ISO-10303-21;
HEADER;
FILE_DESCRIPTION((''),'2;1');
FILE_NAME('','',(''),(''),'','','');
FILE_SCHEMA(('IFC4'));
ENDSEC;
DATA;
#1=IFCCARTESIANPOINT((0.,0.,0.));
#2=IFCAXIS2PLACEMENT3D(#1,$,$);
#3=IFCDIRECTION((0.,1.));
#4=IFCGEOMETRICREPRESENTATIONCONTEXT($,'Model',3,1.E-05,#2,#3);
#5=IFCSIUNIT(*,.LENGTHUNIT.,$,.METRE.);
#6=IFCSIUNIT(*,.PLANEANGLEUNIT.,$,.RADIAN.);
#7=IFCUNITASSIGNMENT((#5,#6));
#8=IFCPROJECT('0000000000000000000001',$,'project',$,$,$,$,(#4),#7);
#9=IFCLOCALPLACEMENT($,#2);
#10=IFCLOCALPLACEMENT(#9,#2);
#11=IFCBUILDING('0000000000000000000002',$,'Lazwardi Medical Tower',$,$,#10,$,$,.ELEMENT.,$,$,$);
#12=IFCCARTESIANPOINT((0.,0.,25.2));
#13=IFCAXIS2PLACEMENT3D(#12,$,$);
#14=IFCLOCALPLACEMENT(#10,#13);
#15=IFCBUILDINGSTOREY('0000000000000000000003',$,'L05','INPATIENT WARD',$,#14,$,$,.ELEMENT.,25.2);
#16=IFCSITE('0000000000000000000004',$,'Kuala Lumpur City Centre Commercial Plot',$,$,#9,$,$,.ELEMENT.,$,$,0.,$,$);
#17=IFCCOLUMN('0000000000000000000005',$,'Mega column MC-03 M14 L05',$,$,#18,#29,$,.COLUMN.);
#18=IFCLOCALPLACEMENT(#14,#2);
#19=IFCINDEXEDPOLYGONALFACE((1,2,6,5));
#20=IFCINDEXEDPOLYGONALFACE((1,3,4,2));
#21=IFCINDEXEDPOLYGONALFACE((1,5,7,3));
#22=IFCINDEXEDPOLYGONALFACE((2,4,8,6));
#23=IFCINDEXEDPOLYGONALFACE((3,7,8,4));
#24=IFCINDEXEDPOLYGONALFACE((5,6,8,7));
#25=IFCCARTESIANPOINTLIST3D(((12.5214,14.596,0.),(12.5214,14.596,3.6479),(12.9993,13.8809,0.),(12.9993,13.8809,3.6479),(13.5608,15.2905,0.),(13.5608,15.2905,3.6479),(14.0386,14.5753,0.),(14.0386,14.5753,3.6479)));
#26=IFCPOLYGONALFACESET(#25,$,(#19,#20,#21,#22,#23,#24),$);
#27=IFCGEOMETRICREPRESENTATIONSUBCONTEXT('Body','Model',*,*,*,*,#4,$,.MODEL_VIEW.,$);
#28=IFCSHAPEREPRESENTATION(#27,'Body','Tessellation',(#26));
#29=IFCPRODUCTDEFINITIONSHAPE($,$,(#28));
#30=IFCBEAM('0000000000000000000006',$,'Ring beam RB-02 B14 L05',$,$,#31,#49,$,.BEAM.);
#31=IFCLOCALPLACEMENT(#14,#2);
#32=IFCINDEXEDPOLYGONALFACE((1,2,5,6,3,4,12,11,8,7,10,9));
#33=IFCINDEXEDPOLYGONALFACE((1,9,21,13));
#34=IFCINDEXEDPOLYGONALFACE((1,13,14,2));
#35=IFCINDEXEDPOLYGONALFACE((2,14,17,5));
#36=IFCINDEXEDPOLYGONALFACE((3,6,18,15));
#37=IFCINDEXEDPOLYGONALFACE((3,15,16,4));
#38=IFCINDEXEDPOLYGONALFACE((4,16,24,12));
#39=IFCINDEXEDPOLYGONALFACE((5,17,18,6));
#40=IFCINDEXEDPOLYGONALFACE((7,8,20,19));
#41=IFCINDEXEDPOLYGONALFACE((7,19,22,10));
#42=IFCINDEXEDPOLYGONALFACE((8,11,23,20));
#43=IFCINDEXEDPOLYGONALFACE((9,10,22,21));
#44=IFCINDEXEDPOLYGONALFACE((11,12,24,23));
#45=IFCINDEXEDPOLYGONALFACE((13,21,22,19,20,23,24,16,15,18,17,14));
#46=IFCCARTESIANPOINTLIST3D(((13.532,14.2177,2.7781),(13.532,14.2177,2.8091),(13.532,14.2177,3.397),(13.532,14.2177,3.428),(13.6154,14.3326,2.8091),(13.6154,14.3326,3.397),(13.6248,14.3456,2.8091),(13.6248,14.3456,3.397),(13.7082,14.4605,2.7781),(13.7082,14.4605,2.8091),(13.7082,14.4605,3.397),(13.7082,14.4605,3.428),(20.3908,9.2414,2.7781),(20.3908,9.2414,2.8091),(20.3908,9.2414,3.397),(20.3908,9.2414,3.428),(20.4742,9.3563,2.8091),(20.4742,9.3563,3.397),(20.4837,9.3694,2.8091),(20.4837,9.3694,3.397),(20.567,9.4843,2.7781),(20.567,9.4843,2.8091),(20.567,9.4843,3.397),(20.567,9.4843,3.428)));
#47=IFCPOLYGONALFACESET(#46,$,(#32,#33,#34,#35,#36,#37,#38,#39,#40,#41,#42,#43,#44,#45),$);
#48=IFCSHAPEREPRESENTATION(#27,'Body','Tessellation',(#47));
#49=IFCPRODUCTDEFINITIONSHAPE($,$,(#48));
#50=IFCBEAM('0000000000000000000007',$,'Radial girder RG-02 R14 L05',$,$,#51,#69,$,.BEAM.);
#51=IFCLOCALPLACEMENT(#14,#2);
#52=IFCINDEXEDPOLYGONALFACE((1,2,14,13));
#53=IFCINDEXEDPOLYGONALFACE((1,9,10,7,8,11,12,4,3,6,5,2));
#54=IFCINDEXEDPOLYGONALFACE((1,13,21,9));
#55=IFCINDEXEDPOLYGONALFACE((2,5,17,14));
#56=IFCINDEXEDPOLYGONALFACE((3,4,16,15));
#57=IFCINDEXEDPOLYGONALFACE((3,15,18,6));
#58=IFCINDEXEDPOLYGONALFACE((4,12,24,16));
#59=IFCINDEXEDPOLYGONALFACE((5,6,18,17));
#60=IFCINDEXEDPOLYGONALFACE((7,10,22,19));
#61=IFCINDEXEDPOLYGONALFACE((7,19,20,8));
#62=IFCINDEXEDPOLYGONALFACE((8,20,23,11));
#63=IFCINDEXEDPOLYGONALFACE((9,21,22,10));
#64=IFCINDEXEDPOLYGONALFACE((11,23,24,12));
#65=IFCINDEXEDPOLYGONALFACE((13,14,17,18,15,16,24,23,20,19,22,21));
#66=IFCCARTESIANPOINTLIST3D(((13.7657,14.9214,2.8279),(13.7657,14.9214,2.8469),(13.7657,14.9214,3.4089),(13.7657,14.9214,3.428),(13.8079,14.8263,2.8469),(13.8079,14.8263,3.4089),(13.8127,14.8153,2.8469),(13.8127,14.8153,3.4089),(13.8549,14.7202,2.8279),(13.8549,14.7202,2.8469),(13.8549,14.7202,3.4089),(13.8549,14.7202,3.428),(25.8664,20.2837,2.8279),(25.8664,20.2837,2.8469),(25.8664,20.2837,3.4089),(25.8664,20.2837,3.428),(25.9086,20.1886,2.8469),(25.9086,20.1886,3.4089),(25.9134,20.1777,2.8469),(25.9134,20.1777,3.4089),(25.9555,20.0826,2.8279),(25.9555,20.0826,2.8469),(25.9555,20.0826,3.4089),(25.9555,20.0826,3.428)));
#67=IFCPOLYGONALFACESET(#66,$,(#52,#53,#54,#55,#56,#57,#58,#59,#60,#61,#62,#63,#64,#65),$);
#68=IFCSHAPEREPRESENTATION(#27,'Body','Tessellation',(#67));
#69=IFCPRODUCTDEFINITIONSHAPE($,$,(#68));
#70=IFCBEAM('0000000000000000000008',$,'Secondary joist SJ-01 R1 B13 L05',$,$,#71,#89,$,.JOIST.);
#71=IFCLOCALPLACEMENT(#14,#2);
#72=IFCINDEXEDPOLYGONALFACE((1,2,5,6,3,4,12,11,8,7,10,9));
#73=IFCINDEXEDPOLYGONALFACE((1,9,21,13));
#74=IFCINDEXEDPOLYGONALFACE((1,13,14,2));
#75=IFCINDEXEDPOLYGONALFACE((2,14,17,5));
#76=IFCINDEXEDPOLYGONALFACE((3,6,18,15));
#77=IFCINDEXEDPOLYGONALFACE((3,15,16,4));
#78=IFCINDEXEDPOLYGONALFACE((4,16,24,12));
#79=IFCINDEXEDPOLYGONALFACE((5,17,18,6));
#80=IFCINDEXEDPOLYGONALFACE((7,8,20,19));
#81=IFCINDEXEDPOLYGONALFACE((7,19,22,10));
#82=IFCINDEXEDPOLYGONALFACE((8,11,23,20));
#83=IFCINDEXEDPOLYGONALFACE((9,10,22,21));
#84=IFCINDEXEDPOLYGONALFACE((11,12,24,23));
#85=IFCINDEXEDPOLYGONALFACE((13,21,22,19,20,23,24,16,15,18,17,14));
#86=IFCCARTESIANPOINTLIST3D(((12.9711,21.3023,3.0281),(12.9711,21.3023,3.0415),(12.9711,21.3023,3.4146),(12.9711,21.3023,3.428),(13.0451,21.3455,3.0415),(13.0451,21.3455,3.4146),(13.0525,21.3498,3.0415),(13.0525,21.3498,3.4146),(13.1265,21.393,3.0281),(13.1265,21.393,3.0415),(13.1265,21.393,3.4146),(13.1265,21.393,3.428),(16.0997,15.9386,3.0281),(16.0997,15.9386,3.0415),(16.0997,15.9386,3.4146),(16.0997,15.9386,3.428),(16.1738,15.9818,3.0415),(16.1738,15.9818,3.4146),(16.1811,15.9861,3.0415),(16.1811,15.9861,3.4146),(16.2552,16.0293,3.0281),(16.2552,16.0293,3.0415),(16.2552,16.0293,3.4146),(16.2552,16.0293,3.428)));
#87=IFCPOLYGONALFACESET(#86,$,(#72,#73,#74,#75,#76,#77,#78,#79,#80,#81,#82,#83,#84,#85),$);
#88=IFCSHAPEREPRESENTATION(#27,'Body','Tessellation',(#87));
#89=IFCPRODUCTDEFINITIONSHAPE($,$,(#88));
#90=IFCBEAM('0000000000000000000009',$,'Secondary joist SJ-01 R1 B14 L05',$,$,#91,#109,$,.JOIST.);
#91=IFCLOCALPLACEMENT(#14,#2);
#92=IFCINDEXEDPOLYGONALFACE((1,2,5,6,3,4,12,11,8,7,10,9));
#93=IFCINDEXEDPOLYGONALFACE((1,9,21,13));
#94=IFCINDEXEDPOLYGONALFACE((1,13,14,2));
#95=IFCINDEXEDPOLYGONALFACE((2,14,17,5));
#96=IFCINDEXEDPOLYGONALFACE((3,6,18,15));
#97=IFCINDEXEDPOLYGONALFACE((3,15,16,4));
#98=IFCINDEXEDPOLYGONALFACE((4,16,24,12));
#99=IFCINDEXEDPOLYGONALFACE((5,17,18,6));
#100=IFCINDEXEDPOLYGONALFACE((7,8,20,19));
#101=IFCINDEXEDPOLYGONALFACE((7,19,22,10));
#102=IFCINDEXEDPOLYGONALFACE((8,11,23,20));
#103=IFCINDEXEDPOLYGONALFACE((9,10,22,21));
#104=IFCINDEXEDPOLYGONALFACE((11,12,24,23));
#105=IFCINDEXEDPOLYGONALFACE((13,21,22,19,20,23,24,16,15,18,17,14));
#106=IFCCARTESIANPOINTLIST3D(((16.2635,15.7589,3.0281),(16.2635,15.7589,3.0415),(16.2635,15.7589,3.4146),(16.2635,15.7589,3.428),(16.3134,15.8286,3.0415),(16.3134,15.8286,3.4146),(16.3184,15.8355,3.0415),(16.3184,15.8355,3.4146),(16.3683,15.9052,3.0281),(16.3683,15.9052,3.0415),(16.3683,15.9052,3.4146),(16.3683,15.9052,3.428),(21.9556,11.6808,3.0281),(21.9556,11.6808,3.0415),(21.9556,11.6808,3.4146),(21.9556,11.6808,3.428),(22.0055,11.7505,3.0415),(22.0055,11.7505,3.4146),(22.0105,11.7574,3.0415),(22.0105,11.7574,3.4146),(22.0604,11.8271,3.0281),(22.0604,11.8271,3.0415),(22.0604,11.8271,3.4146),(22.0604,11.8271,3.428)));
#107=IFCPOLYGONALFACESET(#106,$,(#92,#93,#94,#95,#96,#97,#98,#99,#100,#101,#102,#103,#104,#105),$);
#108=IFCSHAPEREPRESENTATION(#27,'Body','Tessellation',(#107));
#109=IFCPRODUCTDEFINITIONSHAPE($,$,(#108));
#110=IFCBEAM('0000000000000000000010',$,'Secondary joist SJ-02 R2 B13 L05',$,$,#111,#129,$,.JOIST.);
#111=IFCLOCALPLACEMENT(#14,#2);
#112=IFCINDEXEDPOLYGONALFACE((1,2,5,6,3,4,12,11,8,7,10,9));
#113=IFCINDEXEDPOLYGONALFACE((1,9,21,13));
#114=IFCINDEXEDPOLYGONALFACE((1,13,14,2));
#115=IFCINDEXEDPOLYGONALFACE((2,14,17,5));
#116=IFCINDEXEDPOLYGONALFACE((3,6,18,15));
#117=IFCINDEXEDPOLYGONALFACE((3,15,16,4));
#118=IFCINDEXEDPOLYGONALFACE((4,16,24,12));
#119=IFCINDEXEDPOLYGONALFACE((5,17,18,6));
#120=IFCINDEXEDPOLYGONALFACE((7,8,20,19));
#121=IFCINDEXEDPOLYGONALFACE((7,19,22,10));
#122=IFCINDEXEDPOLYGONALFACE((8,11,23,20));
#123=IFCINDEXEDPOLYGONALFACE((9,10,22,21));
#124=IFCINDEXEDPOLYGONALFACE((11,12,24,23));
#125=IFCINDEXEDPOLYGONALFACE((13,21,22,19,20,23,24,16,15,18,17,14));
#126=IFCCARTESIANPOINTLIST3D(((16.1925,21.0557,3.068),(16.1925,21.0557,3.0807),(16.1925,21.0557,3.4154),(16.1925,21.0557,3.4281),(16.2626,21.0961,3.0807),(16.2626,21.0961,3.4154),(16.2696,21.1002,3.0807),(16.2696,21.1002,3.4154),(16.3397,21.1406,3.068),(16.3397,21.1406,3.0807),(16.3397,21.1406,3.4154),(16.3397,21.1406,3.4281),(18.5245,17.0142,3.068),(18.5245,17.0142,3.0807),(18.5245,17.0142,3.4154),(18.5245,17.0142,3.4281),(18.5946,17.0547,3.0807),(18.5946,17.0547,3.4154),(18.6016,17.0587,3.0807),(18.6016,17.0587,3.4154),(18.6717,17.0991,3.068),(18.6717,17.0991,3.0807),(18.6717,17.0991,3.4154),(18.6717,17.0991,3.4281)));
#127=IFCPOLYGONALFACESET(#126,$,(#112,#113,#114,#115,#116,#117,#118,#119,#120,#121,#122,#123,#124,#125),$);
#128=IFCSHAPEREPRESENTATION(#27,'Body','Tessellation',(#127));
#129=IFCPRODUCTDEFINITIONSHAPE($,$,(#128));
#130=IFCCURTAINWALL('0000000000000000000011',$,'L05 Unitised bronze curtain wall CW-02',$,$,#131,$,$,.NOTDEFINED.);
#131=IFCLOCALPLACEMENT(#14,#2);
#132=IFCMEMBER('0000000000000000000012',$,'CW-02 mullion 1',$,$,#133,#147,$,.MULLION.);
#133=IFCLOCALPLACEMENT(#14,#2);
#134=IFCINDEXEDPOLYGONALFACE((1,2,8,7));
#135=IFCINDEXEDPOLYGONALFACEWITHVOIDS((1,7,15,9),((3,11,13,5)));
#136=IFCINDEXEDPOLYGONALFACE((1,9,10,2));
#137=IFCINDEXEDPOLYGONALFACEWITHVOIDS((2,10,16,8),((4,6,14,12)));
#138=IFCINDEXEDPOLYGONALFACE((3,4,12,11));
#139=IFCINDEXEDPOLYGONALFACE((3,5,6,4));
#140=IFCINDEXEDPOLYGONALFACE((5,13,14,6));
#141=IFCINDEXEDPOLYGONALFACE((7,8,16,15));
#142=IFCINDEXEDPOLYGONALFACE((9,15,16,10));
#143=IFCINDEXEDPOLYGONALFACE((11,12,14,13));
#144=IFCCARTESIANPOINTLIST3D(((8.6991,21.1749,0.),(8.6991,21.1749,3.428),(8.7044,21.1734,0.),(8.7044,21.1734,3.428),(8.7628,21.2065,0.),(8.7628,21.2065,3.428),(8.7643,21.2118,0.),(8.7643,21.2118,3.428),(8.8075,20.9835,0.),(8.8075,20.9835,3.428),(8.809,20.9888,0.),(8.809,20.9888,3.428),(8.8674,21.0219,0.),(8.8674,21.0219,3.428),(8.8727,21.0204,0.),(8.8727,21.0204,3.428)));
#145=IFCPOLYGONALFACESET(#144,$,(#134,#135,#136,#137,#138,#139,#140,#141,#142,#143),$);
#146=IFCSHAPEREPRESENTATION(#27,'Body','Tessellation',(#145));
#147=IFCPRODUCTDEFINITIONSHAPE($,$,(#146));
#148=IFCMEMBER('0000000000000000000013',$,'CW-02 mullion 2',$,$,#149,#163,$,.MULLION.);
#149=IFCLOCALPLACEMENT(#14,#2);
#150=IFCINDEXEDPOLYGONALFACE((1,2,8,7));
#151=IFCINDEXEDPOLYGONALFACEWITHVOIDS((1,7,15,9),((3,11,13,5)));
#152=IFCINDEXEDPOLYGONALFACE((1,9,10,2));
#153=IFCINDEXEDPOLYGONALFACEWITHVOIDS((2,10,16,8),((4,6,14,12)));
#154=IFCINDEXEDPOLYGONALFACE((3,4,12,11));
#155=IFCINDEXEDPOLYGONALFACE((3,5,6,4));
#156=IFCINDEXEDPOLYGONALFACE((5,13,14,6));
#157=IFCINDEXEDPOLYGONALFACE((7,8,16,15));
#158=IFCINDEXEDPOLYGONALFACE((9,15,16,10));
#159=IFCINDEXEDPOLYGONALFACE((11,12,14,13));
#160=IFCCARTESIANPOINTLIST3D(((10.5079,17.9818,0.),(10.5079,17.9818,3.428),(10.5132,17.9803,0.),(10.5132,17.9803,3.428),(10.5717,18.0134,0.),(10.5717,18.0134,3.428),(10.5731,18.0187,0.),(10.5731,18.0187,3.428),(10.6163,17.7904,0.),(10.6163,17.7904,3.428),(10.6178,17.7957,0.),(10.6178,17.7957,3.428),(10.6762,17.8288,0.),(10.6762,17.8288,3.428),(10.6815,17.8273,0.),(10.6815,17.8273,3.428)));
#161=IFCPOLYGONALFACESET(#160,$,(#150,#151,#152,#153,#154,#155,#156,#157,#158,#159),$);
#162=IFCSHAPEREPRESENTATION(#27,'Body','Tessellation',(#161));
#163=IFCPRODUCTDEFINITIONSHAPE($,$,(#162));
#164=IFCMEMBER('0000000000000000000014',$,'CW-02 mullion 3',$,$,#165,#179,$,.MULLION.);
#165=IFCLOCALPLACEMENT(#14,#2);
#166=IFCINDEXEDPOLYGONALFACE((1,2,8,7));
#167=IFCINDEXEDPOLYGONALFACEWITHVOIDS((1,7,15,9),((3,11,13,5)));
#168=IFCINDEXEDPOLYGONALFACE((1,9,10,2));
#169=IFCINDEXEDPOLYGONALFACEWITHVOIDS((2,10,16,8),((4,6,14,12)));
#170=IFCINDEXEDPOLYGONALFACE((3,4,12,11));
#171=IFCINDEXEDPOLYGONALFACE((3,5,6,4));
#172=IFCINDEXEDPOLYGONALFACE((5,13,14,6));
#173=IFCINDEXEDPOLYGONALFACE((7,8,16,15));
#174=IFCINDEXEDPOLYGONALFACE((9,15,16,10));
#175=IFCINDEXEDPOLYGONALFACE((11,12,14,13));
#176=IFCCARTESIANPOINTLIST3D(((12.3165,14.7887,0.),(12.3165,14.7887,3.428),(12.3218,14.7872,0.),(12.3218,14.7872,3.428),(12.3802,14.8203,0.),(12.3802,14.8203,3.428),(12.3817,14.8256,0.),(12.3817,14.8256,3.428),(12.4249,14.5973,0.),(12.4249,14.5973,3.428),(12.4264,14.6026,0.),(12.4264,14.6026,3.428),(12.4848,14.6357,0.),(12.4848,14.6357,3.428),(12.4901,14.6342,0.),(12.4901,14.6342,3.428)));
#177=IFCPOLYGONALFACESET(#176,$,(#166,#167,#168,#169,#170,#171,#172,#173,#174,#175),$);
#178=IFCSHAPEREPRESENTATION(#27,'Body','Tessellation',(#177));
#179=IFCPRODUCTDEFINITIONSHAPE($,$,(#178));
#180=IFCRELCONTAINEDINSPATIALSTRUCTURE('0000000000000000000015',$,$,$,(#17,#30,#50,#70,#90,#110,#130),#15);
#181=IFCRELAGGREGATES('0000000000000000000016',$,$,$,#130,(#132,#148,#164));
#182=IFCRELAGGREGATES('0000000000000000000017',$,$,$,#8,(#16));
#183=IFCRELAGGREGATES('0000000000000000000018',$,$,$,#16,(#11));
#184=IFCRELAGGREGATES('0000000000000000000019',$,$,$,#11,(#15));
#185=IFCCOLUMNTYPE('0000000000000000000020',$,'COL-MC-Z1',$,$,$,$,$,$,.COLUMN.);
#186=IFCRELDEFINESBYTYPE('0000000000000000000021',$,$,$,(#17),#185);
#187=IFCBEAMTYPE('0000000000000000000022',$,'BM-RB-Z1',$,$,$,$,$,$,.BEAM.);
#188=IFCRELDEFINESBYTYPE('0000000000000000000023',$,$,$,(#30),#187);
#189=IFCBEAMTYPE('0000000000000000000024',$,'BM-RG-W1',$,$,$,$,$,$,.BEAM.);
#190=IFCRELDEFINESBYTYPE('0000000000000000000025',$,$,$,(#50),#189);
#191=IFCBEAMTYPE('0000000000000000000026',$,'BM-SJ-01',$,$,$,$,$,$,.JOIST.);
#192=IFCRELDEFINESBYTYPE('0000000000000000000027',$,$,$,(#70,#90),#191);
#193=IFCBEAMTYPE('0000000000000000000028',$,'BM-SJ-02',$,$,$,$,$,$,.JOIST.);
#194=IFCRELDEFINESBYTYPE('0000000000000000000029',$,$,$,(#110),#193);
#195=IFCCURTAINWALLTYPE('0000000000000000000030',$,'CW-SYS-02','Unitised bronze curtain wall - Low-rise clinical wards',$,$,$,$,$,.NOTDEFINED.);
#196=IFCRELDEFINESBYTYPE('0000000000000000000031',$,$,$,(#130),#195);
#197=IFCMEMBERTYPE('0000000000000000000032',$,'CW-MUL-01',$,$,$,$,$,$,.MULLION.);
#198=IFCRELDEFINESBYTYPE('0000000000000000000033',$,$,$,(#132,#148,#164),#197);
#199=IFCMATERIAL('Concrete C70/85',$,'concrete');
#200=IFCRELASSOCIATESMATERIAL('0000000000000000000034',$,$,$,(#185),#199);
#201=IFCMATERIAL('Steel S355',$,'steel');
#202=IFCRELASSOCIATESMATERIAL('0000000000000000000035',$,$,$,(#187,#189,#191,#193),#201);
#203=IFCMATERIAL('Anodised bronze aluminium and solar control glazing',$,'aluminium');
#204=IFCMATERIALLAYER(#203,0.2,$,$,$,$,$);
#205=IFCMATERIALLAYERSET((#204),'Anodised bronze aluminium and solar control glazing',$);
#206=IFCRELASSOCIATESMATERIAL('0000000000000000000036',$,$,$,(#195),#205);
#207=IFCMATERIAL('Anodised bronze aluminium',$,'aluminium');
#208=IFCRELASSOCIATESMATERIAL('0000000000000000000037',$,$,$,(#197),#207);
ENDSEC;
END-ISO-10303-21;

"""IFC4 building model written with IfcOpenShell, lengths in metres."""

from ifc_helpers import new_model, si_unit, direction, frame, origin, origin_2d, place, context, subcontext, project, spatial, rectangle, hollow_rectangle, i_section, extrude, material, layer, layer_set, material_profile, profile_set, type_object, element, aggregate, save


model = new_model("IFC4")

# Units and contexts
model_context = context("Model", 3, precision=1e-05, world=origin(), true_north=direction((0.0, 1.0)))
body_context = subcontext(model_context, "Body", "Model", "MODEL_VIEW")
ifc_project = project(units=[si_unit("LENGTHUNIT", "METRE"), si_unit("PLANEANGLEUNIT", "RADIAN")], contexts=[model_context])

# Site, building, storey
site_placement = place(None, origin())
site = spatial("IfcSite", under=ifc_project, at=site_placement, Name="Kuala Lumpur City Centre Commercial Plot", CompositionType="ELEMENT", RefElevation=0.0)
building_placement = place(site_placement, origin())
building = spatial("IfcBuilding", under=site, at=building_placement, Name="Lazwardi Medical Tower", CompositionType="ELEMENT")
storey_placement = place(building_placement, frame((0.0, 0.0, 25.2)))
storey = spatial("IfcBuildingStorey", under=building, at=storey_placement, Name="L05", Description="INPATIENT WARD", CompositionType="ELEMENT", Elevation=25.2)

# Column
ifc_material_1 = material(Name="Concrete C70/85", Category="concrete")
ifc_material_profile_1 = material_profile(ifc_material_1, rectangle(XDim=1.25, YDim=0.8601, at=origin_2d()), Name="CFT-RECT 1250x860")
ifc_profile_set_1 = profile_set([ifc_material_profile_1], Name="Concrete C70/85")
column_type = type_object("IfcColumnType", Name="COL-MC-Z1", PredefinedType="COLUMN", material=ifc_profile_set_1)
column_placement = place(storey_placement, frame((13.28, 14.5857, 0.0), z_axis=(0.0, 0.0, 1.0), x_axis=(-0.83147, -0.55557, 0.0)))
element("IfcColumn", 1, at=column_placement, inside=storey, type_object=column_type, Name="Mega column MC-03 M14 L05", PredefinedType="COLUMN", context=body_context, shape_type="SweptSolid", body=[
    extrude(rectangle(XDim=1.25, YDim=0.8601, at=origin_2d()), origin(), (0.0, 0.0, 1.0), 3.6479),
])

# Beams
ifc_material_2 = material(Name="Steel S355", Category="steel")
ifc_material_profile_2 = material_profile(ifc_material_2, i_section(OverallWidth=0.3, OverallDepth=0.6499, WebThickness=0.0161, FlangeThickness=0.031, at=origin_2d()), Name="HEB 650")
ifc_profile_set_2 = profile_set([ifc_material_profile_2], Name="Steel S355")
beam_type_1 = type_object("IfcBeamType", Name="BM-RB-Z1", PredefinedType="BEAM", material=ifc_profile_set_2)
beam_1_placement = place(storey_placement, frame((13.6201, 14.3391, 3.103), z_axis=(0.809407, -0.587248, 0.0), x_axis=(0.587248, 0.809407, 0.0)))
element("IfcBeam", 2, at=beam_1_placement, inside=storey, type_object=beam_type_1, Name="Ring beam RB-02 B14 L05", PredefinedType="BEAM", context=body_context, shape_type="SweptSolid", body=[
    extrude(i_section(OverallWidth=0.3, OverallDepth=0.6499, WebThickness=0.0161, FlangeThickness=0.031, at=origin_2d()), origin(), (0.0, 0.0, 1.0), 8.4739),
])
ifc_material_profile_3 = material_profile(ifc_material_2, i_section(OverallWidth=0.22, OverallDepth=0.6001, WebThickness=0.012, FlangeThickness=0.019, at=origin_2d()), Name="IPE 600")
ifc_profile_set_3 = profile_set([ifc_material_profile_3], Name="Steel S355")
beam_type_2 = type_object("IfcBeamType", Name="BM-RG-W1", PredefinedType="BEAM", material=ifc_profile_set_3)
beam_2_placement = place(storey_placement, frame((13.8103, 14.8208, 3.1279), z_axis=(0.914252, 0.405146, 0.0), x_axis=(-0.405146, 0.914252, 0.0)))
element("IfcBeam", 3, at=beam_2_placement, inside=storey, type_object=beam_type_2, Name="Radial girder RG-02 R14 L05", PredefinedType="BEAM", context=body_context, shape_type="SweptSolid", body=[
    extrude(i_section(OverallWidth=0.22, OverallDepth=0.6001, WebThickness=0.012, FlangeThickness=0.019, at=origin_2d()), origin(), (0.0, 0.0, 1.0), 13.2356),
])
ifc_material_profile_4 = material_profile(ifc_material_2, i_section(OverallWidth=0.1799, OverallDepth=0.3999, WebThickness=0.0085, FlangeThickness=0.0134, at=origin_2d()), Name="IPE 400")
ifc_profile_set_4 = profile_set([ifc_material_profile_4], Name="Steel S355")
beam_type_3 = type_object("IfcBeamType", Name="BM-SJ-01", PredefinedType="JOIST", material=ifc_profile_set_4)
beam_3_placement = place(storey_placement, frame((13.0488, 21.3477, 3.228), z_axis=(0.503847, -0.863793, 0.0), x_axis=(0.863793, 0.503847, 0.0)))
element("IfcBeam", 4, at=beam_3_placement, inside=storey, type_object=beam_type_3, Name="Secondary joist SJ-01 R1 B13 L05", PredefinedType="JOIST", context=body_context, shape_type="SweptSolid", body=[
    extrude(i_section(OverallWidth=0.1799, OverallDepth=0.3999, WebThickness=0.0085, FlangeThickness=0.0134, at=origin_2d()), origin(), (0.0, 0.0, 1.0), 6.2095),
])
beam_4_placement = place(storey_placement, frame((16.3159, 15.832, 3.228), z_axis=(0.812901, -0.582402, 0.0), x_axis=(0.582402, 0.812901, 0.0)))
element("IfcBeam", 5, at=beam_4_placement, inside=storey, type_object=beam_type_3, Name="Secondary joist SJ-01 R1 B14 L05", PredefinedType="JOIST", context=body_context, shape_type="SweptSolid", body=[
    extrude(i_section(OverallWidth=0.1799, OverallDepth=0.3999, WebThickness=0.0085, FlangeThickness=0.0134, at=origin_2d()), origin(), (0.0, 0.0, 1.0), 7.0022),
])
ifc_material_profile_5 = material_profile(ifc_material_2, i_section(OverallWidth=0.1699, OverallDepth=0.3601, WebThickness=0.0081, FlangeThickness=0.0127, at=origin_2d()), Name="IPE 360")
ifc_profile_set_5 = profile_set([ifc_material_profile_5], Name="Steel S355")
beam_type_4 = type_object("IfcBeamType", Name="BM-SJ-02", PredefinedType="JOIST", material=ifc_profile_set_5)
beam_5_placement = place(storey_placement, frame((16.2661, 21.0981, 3.248), z_axis=(0.499786, -0.866149, 0.0), x_axis=(0.866149, 0.499786, 0.0)))
element("IfcBeam", 6, at=beam_5_placement, inside=storey, type_object=beam_type_4, Name="Secondary joist SJ-02 R2 B13 L05", PredefinedType="JOIST", context=body_context, shape_type="SweptSolid", body=[
    extrude(i_section(OverallWidth=0.1699, OverallDepth=0.3601, WebThickness=0.0081, FlangeThickness=0.0127, at=origin_2d()), origin(), (0.0, 0.0, 1.0), 4.666),
])

# Curtain wall, members
ifc_material_3 = material(Name="Anodised bronze aluminium and solar control glazing", Category="aluminium")
ifc_layer_1 = layer(ifc_material_3, 0.2)
ifc_layer_set_1 = layer_set([ifc_layer_1], Name="Anodised bronze aluminium and solar control glazing")
curtain_wall_type = type_object("IfcCurtainWallType", Name="CW-SYS-02", Description="Unitised bronze curtain wall - Low-rise clinical wards", PredefinedType="NOTDEFINED", material=ifc_layer_set_1)
curtain_wall_1_placement = place(storey_placement, origin())
curtain_wall_1 = element("IfcCurtainWall", 7, at=curtain_wall_1_placement, inside=storey, type_object=curtain_wall_type, Name="L05 Unitised bronze curtain wall CW-02", PredefinedType="NOTDEFINED")
ifc_material_4 = material(Name="Anodised bronze aluminium", Category="aluminium")
ifc_material_profile_6 = material_profile(ifc_material_4, hollow_rectangle(XDim=0.075, YDim=0.22, WallThickness=0.0039, at=origin_2d()), Name="ALU-MULLION 220x75x4")
ifc_profile_set_6 = profile_set([ifc_material_profile_6], Name="Anodised bronze aluminium")
member_type_1 = type_object("IfcMemberType", Name="CW-MUL-01", PredefinedType="MULLION", material=ifc_profile_set_6)
member_1_placement = place(storey_placement, frame((8.7859, 21.0977, 0.0), z_axis=(0.0, 0.0, 1.0), x_axis=(0.870112, 0.492854, 0.0)))
member_1 = element("IfcMember", 8, at=member_1_placement, type_object=member_type_1, Name="CW-02 mullion 1", PredefinedType="MULLION", context=body_context, shape_type="SweptSolid", body=[
    extrude(hollow_rectangle(XDim=0.075, YDim=0.22, WallThickness=0.0039, at=origin_2d()), origin(), (0.0, 0.0, 1.0), 3.428),
])
member_2_placement = place(storey_placement, frame((10.5947, 17.9045, 0.0), z_axis=(0.0, 0.0, 1.0), x_axis=(0.870112, 0.492854, 0.0)))
member_2 = element("IfcMember", 9, at=member_2_placement, type_object=member_type_1, Name="CW-02 mullion 2", PredefinedType="MULLION", context=body_context, shape_type="SweptSolid", body=[
    extrude(hollow_rectangle(XDim=0.075, YDim=0.22, WallThickness=0.0039, at=origin_2d()), origin(), (0.0, 0.0, 1.0), 3.428),
])
member_3_placement = place(storey_placement, frame((12.4033, 14.7114, 0.0), z_axis=(0.0, 0.0, 1.0), x_axis=(0.870112, 0.492854, 0.0)))
member_3 = element("IfcMember", 10, at=member_3_placement, type_object=member_type_1, Name="CW-02 mullion 3", PredefinedType="MULLION", context=body_context, shape_type="SweptSolid", body=[
    extrude(hollow_rectangle(XDim=0.075, YDim=0.22, WallThickness=0.0039, at=origin_2d()), origin(), (0.0, 0.0, 1.0), 3.428),
])

aggregate(curtain_wall_1, [member_1, member_2, member_3])

save(model, "model.ifc")
